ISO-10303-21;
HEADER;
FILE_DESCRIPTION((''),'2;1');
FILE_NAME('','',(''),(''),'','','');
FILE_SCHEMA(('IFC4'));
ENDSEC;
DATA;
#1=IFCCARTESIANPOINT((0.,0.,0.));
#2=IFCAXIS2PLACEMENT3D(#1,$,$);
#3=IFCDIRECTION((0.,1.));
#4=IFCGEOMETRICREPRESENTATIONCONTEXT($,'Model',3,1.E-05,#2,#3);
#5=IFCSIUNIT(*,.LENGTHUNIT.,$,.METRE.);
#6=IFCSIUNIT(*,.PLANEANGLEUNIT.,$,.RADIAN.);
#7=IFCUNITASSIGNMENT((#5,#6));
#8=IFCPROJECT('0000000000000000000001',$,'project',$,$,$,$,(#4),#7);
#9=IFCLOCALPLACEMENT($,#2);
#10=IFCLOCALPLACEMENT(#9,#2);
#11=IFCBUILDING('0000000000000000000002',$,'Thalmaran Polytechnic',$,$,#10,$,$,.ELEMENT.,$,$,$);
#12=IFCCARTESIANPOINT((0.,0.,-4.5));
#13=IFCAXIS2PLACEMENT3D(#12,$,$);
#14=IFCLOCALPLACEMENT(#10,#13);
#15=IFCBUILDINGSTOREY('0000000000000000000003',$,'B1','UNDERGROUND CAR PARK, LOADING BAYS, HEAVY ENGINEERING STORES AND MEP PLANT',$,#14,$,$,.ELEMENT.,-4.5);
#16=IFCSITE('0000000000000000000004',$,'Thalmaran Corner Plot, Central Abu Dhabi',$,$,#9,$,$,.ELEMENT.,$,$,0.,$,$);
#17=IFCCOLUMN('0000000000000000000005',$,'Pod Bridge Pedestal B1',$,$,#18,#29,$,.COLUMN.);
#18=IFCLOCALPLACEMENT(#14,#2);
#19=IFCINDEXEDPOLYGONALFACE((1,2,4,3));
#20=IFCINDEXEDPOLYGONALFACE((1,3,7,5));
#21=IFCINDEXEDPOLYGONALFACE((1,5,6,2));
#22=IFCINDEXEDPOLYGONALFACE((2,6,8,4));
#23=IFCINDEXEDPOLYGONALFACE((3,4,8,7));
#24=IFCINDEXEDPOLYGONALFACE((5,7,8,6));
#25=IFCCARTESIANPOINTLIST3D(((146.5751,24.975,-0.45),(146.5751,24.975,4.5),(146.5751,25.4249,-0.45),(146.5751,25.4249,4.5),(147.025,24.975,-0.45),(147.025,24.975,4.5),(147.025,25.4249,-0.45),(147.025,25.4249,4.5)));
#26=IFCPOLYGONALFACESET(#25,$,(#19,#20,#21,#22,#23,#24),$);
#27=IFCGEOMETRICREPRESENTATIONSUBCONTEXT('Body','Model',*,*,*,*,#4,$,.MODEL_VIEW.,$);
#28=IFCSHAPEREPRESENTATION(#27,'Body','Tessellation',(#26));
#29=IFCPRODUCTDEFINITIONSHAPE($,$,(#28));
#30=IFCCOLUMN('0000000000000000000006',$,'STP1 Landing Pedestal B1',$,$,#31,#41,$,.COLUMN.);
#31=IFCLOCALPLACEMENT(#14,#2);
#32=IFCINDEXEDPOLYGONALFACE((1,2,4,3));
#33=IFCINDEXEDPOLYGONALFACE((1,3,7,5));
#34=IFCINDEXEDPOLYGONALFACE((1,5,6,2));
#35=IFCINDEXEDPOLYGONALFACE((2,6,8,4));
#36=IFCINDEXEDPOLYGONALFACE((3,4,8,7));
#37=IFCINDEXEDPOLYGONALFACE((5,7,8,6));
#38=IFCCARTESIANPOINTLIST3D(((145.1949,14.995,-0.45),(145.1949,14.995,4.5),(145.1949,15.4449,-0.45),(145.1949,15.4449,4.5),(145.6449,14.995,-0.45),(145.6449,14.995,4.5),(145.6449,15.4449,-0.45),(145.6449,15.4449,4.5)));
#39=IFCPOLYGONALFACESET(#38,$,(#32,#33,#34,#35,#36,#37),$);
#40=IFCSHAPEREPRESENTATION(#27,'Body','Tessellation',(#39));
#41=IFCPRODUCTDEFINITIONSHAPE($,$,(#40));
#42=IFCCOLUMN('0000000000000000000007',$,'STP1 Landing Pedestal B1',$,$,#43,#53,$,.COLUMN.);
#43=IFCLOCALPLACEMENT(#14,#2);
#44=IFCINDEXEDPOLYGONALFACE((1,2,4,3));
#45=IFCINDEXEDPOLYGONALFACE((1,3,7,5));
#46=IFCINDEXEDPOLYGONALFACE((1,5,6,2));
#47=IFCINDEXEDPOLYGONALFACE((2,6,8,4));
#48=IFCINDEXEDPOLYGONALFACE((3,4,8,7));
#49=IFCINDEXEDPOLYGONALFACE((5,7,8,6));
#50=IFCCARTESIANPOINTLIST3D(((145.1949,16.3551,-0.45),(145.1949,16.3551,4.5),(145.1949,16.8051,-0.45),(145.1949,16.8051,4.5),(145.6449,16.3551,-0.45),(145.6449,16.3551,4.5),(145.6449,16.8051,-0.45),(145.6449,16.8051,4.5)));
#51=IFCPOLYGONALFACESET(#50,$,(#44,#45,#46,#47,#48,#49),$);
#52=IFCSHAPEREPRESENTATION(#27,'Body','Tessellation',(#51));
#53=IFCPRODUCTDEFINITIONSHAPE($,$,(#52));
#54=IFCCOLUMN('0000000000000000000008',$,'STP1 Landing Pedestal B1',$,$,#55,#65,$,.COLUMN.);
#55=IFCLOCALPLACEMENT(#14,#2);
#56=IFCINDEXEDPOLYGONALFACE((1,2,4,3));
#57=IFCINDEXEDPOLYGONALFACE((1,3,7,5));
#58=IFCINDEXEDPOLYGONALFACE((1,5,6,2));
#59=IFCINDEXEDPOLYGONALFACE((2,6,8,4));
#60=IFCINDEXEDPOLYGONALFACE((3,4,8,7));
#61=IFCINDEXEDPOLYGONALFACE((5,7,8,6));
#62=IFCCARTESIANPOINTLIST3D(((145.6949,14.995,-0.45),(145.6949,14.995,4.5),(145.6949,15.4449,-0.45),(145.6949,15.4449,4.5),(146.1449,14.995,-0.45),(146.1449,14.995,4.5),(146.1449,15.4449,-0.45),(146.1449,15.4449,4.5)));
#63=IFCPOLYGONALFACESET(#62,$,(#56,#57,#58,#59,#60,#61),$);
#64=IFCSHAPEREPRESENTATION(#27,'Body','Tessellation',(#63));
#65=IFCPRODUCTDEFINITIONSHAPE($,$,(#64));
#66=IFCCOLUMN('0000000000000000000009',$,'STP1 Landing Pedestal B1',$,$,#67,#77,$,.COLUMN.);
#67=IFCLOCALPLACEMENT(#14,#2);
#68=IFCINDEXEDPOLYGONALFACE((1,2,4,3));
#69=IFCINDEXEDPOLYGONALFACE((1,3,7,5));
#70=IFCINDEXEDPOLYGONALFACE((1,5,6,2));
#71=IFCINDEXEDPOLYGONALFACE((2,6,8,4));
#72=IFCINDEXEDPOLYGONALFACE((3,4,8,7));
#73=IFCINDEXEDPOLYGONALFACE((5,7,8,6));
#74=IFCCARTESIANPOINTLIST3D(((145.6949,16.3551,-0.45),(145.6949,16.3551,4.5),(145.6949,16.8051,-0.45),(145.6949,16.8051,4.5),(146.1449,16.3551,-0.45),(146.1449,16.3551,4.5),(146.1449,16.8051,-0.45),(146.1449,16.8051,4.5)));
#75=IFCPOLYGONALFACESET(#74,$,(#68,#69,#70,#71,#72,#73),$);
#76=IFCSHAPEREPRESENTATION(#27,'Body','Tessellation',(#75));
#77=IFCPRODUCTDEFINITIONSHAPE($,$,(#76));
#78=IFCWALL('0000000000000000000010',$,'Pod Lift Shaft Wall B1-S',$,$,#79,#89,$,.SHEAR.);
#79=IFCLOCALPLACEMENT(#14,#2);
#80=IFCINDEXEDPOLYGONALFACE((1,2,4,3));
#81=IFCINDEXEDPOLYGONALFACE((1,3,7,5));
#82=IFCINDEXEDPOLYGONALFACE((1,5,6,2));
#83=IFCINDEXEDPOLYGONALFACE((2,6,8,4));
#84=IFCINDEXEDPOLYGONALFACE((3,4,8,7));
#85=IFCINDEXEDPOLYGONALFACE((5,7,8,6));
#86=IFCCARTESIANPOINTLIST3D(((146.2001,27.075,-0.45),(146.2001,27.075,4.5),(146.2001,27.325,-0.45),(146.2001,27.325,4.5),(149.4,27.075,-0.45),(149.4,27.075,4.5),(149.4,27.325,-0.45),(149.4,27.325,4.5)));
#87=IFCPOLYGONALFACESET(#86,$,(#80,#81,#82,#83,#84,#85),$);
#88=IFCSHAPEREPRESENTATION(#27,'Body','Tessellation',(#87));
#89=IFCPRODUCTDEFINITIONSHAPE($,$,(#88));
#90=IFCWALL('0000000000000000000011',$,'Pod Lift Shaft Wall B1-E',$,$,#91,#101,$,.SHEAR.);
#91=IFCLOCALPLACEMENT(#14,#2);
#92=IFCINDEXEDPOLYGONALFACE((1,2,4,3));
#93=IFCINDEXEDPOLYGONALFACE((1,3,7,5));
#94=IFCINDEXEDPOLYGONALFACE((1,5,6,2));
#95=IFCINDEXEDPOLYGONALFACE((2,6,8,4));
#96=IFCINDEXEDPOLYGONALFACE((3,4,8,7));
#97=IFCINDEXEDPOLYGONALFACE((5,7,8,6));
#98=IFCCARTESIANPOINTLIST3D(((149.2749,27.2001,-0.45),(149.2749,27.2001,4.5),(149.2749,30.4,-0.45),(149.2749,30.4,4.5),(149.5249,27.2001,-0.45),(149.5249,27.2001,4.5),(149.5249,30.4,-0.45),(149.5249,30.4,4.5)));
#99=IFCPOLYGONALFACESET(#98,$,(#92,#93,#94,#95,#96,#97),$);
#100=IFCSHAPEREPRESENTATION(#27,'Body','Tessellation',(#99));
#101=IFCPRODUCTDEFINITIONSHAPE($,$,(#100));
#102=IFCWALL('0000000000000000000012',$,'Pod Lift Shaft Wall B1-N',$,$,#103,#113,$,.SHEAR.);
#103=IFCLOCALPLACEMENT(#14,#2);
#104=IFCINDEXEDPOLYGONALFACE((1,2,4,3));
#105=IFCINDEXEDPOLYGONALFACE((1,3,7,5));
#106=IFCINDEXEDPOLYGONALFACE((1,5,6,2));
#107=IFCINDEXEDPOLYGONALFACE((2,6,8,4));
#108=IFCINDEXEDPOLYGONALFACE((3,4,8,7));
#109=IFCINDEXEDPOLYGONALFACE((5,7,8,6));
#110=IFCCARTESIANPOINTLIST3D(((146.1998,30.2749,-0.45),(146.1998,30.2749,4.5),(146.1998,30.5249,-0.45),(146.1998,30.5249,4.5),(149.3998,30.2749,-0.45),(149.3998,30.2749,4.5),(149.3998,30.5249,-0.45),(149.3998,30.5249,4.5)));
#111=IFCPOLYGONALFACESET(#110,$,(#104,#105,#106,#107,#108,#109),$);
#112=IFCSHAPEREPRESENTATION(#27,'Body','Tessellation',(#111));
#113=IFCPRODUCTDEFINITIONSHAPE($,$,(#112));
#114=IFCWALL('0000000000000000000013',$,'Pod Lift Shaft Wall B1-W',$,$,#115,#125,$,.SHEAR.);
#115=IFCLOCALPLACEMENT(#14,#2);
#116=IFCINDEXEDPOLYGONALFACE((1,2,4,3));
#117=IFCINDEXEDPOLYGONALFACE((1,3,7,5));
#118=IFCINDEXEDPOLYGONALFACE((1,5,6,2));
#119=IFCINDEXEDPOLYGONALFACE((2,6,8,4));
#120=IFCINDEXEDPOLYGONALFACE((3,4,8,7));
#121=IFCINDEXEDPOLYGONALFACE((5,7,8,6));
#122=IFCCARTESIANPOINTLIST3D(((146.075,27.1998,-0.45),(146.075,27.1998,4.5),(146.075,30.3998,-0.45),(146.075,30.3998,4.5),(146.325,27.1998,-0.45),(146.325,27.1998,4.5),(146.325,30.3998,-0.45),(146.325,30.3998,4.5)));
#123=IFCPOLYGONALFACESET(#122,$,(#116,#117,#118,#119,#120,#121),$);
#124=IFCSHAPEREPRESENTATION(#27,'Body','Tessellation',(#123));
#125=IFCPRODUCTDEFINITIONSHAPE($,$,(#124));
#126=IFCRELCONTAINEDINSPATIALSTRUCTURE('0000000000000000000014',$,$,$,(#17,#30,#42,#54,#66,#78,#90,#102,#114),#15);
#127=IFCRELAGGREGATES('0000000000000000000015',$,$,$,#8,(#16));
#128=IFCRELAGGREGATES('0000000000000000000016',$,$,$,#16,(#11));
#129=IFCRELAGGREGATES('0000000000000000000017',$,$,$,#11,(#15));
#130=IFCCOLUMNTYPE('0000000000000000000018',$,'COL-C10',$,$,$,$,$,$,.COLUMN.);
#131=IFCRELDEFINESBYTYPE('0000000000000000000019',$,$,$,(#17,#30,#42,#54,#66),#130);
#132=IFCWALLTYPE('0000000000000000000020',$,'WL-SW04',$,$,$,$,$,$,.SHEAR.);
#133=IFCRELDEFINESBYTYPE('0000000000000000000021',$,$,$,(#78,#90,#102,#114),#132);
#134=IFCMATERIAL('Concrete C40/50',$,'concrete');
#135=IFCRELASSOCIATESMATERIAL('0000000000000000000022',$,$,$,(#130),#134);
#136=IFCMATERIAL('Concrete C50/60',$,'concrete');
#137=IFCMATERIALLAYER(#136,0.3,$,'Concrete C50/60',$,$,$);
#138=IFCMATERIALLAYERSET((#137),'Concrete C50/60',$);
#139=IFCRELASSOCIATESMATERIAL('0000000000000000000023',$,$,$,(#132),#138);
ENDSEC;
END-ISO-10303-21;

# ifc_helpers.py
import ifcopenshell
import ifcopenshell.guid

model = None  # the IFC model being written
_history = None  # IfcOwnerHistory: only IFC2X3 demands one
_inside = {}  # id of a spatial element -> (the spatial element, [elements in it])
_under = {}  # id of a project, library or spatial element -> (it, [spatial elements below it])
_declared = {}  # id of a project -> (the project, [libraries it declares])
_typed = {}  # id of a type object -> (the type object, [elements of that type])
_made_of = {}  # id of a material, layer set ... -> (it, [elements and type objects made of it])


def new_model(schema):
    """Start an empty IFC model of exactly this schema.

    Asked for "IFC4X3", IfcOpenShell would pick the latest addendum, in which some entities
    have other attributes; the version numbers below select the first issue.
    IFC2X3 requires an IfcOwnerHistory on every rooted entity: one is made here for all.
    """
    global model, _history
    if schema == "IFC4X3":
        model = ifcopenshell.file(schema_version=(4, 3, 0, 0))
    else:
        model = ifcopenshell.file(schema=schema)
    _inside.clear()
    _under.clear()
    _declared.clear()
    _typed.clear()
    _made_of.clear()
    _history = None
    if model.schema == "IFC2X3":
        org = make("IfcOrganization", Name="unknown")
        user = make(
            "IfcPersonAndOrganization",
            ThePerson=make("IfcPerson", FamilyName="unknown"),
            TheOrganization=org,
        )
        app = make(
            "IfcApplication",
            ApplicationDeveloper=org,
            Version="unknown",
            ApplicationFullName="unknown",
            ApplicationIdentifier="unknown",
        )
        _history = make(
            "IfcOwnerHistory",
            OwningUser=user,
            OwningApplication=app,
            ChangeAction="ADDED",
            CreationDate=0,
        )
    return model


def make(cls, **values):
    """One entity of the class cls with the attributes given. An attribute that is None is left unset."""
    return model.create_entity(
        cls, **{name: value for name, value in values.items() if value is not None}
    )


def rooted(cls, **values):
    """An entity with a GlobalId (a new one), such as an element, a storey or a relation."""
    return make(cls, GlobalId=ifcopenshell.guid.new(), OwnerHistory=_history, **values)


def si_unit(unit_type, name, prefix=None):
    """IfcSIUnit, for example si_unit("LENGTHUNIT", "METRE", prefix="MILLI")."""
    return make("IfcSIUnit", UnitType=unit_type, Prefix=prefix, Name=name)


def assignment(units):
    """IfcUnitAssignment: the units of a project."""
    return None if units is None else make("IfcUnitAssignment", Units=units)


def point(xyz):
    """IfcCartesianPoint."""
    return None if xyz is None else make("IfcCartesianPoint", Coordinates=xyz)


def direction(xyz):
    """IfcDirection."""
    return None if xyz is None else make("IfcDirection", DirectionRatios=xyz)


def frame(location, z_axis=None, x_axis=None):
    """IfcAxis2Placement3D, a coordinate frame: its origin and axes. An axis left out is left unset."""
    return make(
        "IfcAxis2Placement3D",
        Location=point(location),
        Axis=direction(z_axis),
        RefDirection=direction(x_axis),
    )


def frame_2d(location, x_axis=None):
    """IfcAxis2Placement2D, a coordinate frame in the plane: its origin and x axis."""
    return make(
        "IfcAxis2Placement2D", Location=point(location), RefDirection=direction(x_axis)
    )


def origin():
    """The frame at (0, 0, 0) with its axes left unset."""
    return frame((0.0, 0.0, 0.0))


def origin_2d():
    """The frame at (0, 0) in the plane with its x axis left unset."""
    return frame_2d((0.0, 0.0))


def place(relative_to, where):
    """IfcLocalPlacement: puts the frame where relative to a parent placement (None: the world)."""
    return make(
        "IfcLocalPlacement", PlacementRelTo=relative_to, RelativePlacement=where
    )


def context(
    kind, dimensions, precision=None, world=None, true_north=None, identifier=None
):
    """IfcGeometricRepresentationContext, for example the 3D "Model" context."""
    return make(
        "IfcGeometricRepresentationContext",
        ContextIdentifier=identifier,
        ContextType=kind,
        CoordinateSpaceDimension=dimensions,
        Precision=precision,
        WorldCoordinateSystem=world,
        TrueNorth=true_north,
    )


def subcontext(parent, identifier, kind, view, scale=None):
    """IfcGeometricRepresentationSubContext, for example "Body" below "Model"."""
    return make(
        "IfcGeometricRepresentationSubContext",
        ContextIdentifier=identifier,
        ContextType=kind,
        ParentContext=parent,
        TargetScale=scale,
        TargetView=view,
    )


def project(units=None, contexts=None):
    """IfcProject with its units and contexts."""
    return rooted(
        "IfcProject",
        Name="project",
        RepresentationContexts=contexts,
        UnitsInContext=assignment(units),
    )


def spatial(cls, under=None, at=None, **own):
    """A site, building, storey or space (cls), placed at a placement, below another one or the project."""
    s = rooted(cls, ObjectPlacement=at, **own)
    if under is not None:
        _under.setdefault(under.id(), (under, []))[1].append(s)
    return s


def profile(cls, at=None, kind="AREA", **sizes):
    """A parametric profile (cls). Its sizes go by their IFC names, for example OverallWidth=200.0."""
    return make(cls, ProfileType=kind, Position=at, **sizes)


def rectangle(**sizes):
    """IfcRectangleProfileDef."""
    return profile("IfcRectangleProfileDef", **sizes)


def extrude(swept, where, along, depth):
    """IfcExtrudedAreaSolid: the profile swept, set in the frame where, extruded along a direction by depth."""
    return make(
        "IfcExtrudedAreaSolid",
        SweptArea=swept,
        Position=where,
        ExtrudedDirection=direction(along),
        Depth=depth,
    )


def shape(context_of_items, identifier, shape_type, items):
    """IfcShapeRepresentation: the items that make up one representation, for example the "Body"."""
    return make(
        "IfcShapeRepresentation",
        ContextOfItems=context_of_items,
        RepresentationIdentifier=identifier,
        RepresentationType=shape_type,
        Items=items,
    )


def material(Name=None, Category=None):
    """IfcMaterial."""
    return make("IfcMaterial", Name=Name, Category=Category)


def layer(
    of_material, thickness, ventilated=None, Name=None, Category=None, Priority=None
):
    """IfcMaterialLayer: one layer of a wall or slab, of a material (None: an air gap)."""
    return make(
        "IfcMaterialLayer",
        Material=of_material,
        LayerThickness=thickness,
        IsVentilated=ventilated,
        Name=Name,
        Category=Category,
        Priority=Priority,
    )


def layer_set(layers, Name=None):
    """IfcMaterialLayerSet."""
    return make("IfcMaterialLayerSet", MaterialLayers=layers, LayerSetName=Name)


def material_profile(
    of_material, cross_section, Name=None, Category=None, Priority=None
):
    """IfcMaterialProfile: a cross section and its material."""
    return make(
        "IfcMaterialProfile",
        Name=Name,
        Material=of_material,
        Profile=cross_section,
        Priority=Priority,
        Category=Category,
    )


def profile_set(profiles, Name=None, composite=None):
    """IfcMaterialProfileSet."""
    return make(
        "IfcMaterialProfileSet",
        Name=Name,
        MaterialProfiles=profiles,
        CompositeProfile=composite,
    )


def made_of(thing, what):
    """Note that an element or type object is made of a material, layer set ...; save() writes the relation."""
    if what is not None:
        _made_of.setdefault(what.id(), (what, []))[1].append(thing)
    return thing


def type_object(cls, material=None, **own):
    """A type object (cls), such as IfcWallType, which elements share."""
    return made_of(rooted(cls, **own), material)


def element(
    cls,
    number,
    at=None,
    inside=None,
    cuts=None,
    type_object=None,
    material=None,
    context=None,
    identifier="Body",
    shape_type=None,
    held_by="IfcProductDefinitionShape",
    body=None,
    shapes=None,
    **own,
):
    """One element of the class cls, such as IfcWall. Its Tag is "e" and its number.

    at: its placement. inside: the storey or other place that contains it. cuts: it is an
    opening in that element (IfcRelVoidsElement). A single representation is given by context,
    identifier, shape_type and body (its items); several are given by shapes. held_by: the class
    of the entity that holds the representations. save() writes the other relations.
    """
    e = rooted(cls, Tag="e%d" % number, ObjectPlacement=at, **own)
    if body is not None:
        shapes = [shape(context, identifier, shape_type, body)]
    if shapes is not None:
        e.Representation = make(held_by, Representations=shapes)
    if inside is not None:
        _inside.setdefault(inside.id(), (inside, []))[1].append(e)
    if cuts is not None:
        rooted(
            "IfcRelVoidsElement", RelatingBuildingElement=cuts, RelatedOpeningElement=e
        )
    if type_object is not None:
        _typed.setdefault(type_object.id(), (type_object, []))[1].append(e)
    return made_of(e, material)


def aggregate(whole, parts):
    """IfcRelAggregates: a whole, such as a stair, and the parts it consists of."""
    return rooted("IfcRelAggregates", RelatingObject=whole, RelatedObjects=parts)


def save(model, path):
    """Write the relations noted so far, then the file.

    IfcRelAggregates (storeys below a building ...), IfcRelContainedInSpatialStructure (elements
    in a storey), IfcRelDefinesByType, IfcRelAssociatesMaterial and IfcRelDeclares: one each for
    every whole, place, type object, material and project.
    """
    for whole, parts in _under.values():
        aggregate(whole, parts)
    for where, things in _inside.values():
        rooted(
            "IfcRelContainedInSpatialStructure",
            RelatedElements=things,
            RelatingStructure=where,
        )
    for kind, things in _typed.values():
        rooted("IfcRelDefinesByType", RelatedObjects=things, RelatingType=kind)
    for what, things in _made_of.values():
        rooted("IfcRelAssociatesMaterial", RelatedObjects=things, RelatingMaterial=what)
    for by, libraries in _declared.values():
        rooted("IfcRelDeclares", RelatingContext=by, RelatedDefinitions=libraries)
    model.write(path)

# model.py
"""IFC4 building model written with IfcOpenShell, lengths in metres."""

from ifc_helpers import new_model, si_unit, direction, frame, frame_2d, origin, origin_2d, place, context, subcontext, project, spatial, rectangle, extrude, material, layer, layer_set, material_profile, profile_set, type_object, element, save


model = new_model("IFC4")

# Units and contexts
model_context = context("Model", 3, precision=1e-05, world=origin(), true_north=direction((0.0, 1.0)))
body_context = subcontext(model_context, "Body", "Model", "MODEL_VIEW")
ifc_project = project(units=[si_unit("LENGTHUNIT", "METRE"), si_unit("PLANEANGLEUNIT", "RADIAN")], contexts=[model_context])

# Site, building, storey
site_placement = place(None, origin())
site = spatial("IfcSite", under=ifc_project, at=site_placement, Name="Thalmaran Corner Plot, Central Abu Dhabi", CompositionType="ELEMENT", RefElevation=0.0)
building_placement = place(site_placement, origin())
building = spatial("IfcBuilding", under=site, at=building_placement, Name="Thalmaran Polytechnic", CompositionType="ELEMENT")
storey_placement = place(building_placement, frame((0.0, 0.0, -4.5)))
storey = spatial("IfcBuildingStorey", under=building, at=storey_placement, Name="B1", Description="UNDERGROUND CAR PARK, LOADING BAYS, HEAVY ENGINEERING STORES AND MEP PLANT", CompositionType="ELEMENT", Elevation=-4.5)

# Shared definitions
ifc_material_1 = material(Name="Concrete C40/50", Category="concrete")

# Columns
ifc_material_profile_1 = material_profile(ifc_material_1, rectangle(XDim=0.45, YDim=0.45, at=origin_2d()), Name="RC 450x450")
ifc_profile_set_1 = profile_set([ifc_material_profile_1], Name="Concrete C40/50")
column_type_1 = type_object("IfcColumnType", Name="COL-C10", PredefinedType="COLUMN", material=ifc_profile_set_1)
for number, where, z_axis, x_axis, name in (
    (1, (146.8, 25.2, -0.45), (0.0, 0.0, 1.0), (1.0, 0.0, 0.0), "Pod Bridge Pedestal B1"),
    (2, (145.4199, 15.22, -0.45), (0.0, 0.0, 1.0), (1.0, 0.0, 0.0), "STP1 Landing Pedestal B1"),
    (3, (145.4199, 16.5801, -0.45), (0.0, 0.0, 1.0), (1.0, 0.0, 0.0), "STP1 Landing Pedestal B1"),
    (4, (145.9199, 15.22, -0.45), (0.0, 0.0, 1.0), (1.0, 0.0, 0.0), "STP1 Landing Pedestal B1"),
    (5, (145.9199, 16.5801, -0.45), (0.0, 0.0, 1.0), (1.0, 0.0, 0.0), "STP1 Landing Pedestal B1"),
):
    element("IfcColumn", number, at=place(storey_placement, frame(where, z_axis=z_axis, x_axis=x_axis)), inside=storey, type_object=column_type_1, Name=name, PredefinedType="COLUMN", context=body_context, shape_type="SweptSolid", body=[
        extrude(rectangle(XDim=0.45, YDim=0.45, at=origin_2d()), origin(), (0.0, 0.0, 1.0), 4.95),
    ])

# Walls
ifc_material_2 = material(Name="Concrete C50/60", Category="concrete")
ifc_layer = layer(ifc_material_2, 0.3, Name="Concrete C50/60")
ifc_layer_set = layer_set([ifc_layer], Name="Concrete C50/60")
wall_type = type_object("IfcWallType", Name="WL-SW04", PredefinedType="SHEAR", material=ifc_layer_set)
for number, where, z_axis, x_axis, name in (
    (6, (146.2, 27.2, -0.45), (0.0, 0.0, 1.0), (1.0, 0.0, 0.0), "Pod Lift Shaft Wall B1-S"),
    (7, (149.3999, 27.2, -0.45), (0.0, 0.0, 1.0), (0.0, 1.0, 0.0), "Pod Lift Shaft Wall B1-E"),
    (8, (149.3999, 30.3999, -0.45), (0.0, 0.0, 1.0), (-1.0, 0.0, 0.0), "Pod Lift Shaft Wall B1-N"),
    (9, (146.2, 30.3999, -0.45), (0.0, 0.0, 1.0), (0.0, -1.0, 0.0), "Pod Lift Shaft Wall B1-W"),
):
    element("IfcWall", number, at=place(storey_placement, frame(where, z_axis=z_axis, x_axis=x_axis)), inside=storey, type_object=wall_type, Name=name, PredefinedType="SHEAR", context=body_context, shape_type="SweptSolid", body=[
        extrude(rectangle(XDim=3.2, YDim=0.25, at=frame_2d((1.6001, 0.0))), origin(), (0.0, 0.0, 1.0), 4.95),
    ])

save(model, "model.ifc")
